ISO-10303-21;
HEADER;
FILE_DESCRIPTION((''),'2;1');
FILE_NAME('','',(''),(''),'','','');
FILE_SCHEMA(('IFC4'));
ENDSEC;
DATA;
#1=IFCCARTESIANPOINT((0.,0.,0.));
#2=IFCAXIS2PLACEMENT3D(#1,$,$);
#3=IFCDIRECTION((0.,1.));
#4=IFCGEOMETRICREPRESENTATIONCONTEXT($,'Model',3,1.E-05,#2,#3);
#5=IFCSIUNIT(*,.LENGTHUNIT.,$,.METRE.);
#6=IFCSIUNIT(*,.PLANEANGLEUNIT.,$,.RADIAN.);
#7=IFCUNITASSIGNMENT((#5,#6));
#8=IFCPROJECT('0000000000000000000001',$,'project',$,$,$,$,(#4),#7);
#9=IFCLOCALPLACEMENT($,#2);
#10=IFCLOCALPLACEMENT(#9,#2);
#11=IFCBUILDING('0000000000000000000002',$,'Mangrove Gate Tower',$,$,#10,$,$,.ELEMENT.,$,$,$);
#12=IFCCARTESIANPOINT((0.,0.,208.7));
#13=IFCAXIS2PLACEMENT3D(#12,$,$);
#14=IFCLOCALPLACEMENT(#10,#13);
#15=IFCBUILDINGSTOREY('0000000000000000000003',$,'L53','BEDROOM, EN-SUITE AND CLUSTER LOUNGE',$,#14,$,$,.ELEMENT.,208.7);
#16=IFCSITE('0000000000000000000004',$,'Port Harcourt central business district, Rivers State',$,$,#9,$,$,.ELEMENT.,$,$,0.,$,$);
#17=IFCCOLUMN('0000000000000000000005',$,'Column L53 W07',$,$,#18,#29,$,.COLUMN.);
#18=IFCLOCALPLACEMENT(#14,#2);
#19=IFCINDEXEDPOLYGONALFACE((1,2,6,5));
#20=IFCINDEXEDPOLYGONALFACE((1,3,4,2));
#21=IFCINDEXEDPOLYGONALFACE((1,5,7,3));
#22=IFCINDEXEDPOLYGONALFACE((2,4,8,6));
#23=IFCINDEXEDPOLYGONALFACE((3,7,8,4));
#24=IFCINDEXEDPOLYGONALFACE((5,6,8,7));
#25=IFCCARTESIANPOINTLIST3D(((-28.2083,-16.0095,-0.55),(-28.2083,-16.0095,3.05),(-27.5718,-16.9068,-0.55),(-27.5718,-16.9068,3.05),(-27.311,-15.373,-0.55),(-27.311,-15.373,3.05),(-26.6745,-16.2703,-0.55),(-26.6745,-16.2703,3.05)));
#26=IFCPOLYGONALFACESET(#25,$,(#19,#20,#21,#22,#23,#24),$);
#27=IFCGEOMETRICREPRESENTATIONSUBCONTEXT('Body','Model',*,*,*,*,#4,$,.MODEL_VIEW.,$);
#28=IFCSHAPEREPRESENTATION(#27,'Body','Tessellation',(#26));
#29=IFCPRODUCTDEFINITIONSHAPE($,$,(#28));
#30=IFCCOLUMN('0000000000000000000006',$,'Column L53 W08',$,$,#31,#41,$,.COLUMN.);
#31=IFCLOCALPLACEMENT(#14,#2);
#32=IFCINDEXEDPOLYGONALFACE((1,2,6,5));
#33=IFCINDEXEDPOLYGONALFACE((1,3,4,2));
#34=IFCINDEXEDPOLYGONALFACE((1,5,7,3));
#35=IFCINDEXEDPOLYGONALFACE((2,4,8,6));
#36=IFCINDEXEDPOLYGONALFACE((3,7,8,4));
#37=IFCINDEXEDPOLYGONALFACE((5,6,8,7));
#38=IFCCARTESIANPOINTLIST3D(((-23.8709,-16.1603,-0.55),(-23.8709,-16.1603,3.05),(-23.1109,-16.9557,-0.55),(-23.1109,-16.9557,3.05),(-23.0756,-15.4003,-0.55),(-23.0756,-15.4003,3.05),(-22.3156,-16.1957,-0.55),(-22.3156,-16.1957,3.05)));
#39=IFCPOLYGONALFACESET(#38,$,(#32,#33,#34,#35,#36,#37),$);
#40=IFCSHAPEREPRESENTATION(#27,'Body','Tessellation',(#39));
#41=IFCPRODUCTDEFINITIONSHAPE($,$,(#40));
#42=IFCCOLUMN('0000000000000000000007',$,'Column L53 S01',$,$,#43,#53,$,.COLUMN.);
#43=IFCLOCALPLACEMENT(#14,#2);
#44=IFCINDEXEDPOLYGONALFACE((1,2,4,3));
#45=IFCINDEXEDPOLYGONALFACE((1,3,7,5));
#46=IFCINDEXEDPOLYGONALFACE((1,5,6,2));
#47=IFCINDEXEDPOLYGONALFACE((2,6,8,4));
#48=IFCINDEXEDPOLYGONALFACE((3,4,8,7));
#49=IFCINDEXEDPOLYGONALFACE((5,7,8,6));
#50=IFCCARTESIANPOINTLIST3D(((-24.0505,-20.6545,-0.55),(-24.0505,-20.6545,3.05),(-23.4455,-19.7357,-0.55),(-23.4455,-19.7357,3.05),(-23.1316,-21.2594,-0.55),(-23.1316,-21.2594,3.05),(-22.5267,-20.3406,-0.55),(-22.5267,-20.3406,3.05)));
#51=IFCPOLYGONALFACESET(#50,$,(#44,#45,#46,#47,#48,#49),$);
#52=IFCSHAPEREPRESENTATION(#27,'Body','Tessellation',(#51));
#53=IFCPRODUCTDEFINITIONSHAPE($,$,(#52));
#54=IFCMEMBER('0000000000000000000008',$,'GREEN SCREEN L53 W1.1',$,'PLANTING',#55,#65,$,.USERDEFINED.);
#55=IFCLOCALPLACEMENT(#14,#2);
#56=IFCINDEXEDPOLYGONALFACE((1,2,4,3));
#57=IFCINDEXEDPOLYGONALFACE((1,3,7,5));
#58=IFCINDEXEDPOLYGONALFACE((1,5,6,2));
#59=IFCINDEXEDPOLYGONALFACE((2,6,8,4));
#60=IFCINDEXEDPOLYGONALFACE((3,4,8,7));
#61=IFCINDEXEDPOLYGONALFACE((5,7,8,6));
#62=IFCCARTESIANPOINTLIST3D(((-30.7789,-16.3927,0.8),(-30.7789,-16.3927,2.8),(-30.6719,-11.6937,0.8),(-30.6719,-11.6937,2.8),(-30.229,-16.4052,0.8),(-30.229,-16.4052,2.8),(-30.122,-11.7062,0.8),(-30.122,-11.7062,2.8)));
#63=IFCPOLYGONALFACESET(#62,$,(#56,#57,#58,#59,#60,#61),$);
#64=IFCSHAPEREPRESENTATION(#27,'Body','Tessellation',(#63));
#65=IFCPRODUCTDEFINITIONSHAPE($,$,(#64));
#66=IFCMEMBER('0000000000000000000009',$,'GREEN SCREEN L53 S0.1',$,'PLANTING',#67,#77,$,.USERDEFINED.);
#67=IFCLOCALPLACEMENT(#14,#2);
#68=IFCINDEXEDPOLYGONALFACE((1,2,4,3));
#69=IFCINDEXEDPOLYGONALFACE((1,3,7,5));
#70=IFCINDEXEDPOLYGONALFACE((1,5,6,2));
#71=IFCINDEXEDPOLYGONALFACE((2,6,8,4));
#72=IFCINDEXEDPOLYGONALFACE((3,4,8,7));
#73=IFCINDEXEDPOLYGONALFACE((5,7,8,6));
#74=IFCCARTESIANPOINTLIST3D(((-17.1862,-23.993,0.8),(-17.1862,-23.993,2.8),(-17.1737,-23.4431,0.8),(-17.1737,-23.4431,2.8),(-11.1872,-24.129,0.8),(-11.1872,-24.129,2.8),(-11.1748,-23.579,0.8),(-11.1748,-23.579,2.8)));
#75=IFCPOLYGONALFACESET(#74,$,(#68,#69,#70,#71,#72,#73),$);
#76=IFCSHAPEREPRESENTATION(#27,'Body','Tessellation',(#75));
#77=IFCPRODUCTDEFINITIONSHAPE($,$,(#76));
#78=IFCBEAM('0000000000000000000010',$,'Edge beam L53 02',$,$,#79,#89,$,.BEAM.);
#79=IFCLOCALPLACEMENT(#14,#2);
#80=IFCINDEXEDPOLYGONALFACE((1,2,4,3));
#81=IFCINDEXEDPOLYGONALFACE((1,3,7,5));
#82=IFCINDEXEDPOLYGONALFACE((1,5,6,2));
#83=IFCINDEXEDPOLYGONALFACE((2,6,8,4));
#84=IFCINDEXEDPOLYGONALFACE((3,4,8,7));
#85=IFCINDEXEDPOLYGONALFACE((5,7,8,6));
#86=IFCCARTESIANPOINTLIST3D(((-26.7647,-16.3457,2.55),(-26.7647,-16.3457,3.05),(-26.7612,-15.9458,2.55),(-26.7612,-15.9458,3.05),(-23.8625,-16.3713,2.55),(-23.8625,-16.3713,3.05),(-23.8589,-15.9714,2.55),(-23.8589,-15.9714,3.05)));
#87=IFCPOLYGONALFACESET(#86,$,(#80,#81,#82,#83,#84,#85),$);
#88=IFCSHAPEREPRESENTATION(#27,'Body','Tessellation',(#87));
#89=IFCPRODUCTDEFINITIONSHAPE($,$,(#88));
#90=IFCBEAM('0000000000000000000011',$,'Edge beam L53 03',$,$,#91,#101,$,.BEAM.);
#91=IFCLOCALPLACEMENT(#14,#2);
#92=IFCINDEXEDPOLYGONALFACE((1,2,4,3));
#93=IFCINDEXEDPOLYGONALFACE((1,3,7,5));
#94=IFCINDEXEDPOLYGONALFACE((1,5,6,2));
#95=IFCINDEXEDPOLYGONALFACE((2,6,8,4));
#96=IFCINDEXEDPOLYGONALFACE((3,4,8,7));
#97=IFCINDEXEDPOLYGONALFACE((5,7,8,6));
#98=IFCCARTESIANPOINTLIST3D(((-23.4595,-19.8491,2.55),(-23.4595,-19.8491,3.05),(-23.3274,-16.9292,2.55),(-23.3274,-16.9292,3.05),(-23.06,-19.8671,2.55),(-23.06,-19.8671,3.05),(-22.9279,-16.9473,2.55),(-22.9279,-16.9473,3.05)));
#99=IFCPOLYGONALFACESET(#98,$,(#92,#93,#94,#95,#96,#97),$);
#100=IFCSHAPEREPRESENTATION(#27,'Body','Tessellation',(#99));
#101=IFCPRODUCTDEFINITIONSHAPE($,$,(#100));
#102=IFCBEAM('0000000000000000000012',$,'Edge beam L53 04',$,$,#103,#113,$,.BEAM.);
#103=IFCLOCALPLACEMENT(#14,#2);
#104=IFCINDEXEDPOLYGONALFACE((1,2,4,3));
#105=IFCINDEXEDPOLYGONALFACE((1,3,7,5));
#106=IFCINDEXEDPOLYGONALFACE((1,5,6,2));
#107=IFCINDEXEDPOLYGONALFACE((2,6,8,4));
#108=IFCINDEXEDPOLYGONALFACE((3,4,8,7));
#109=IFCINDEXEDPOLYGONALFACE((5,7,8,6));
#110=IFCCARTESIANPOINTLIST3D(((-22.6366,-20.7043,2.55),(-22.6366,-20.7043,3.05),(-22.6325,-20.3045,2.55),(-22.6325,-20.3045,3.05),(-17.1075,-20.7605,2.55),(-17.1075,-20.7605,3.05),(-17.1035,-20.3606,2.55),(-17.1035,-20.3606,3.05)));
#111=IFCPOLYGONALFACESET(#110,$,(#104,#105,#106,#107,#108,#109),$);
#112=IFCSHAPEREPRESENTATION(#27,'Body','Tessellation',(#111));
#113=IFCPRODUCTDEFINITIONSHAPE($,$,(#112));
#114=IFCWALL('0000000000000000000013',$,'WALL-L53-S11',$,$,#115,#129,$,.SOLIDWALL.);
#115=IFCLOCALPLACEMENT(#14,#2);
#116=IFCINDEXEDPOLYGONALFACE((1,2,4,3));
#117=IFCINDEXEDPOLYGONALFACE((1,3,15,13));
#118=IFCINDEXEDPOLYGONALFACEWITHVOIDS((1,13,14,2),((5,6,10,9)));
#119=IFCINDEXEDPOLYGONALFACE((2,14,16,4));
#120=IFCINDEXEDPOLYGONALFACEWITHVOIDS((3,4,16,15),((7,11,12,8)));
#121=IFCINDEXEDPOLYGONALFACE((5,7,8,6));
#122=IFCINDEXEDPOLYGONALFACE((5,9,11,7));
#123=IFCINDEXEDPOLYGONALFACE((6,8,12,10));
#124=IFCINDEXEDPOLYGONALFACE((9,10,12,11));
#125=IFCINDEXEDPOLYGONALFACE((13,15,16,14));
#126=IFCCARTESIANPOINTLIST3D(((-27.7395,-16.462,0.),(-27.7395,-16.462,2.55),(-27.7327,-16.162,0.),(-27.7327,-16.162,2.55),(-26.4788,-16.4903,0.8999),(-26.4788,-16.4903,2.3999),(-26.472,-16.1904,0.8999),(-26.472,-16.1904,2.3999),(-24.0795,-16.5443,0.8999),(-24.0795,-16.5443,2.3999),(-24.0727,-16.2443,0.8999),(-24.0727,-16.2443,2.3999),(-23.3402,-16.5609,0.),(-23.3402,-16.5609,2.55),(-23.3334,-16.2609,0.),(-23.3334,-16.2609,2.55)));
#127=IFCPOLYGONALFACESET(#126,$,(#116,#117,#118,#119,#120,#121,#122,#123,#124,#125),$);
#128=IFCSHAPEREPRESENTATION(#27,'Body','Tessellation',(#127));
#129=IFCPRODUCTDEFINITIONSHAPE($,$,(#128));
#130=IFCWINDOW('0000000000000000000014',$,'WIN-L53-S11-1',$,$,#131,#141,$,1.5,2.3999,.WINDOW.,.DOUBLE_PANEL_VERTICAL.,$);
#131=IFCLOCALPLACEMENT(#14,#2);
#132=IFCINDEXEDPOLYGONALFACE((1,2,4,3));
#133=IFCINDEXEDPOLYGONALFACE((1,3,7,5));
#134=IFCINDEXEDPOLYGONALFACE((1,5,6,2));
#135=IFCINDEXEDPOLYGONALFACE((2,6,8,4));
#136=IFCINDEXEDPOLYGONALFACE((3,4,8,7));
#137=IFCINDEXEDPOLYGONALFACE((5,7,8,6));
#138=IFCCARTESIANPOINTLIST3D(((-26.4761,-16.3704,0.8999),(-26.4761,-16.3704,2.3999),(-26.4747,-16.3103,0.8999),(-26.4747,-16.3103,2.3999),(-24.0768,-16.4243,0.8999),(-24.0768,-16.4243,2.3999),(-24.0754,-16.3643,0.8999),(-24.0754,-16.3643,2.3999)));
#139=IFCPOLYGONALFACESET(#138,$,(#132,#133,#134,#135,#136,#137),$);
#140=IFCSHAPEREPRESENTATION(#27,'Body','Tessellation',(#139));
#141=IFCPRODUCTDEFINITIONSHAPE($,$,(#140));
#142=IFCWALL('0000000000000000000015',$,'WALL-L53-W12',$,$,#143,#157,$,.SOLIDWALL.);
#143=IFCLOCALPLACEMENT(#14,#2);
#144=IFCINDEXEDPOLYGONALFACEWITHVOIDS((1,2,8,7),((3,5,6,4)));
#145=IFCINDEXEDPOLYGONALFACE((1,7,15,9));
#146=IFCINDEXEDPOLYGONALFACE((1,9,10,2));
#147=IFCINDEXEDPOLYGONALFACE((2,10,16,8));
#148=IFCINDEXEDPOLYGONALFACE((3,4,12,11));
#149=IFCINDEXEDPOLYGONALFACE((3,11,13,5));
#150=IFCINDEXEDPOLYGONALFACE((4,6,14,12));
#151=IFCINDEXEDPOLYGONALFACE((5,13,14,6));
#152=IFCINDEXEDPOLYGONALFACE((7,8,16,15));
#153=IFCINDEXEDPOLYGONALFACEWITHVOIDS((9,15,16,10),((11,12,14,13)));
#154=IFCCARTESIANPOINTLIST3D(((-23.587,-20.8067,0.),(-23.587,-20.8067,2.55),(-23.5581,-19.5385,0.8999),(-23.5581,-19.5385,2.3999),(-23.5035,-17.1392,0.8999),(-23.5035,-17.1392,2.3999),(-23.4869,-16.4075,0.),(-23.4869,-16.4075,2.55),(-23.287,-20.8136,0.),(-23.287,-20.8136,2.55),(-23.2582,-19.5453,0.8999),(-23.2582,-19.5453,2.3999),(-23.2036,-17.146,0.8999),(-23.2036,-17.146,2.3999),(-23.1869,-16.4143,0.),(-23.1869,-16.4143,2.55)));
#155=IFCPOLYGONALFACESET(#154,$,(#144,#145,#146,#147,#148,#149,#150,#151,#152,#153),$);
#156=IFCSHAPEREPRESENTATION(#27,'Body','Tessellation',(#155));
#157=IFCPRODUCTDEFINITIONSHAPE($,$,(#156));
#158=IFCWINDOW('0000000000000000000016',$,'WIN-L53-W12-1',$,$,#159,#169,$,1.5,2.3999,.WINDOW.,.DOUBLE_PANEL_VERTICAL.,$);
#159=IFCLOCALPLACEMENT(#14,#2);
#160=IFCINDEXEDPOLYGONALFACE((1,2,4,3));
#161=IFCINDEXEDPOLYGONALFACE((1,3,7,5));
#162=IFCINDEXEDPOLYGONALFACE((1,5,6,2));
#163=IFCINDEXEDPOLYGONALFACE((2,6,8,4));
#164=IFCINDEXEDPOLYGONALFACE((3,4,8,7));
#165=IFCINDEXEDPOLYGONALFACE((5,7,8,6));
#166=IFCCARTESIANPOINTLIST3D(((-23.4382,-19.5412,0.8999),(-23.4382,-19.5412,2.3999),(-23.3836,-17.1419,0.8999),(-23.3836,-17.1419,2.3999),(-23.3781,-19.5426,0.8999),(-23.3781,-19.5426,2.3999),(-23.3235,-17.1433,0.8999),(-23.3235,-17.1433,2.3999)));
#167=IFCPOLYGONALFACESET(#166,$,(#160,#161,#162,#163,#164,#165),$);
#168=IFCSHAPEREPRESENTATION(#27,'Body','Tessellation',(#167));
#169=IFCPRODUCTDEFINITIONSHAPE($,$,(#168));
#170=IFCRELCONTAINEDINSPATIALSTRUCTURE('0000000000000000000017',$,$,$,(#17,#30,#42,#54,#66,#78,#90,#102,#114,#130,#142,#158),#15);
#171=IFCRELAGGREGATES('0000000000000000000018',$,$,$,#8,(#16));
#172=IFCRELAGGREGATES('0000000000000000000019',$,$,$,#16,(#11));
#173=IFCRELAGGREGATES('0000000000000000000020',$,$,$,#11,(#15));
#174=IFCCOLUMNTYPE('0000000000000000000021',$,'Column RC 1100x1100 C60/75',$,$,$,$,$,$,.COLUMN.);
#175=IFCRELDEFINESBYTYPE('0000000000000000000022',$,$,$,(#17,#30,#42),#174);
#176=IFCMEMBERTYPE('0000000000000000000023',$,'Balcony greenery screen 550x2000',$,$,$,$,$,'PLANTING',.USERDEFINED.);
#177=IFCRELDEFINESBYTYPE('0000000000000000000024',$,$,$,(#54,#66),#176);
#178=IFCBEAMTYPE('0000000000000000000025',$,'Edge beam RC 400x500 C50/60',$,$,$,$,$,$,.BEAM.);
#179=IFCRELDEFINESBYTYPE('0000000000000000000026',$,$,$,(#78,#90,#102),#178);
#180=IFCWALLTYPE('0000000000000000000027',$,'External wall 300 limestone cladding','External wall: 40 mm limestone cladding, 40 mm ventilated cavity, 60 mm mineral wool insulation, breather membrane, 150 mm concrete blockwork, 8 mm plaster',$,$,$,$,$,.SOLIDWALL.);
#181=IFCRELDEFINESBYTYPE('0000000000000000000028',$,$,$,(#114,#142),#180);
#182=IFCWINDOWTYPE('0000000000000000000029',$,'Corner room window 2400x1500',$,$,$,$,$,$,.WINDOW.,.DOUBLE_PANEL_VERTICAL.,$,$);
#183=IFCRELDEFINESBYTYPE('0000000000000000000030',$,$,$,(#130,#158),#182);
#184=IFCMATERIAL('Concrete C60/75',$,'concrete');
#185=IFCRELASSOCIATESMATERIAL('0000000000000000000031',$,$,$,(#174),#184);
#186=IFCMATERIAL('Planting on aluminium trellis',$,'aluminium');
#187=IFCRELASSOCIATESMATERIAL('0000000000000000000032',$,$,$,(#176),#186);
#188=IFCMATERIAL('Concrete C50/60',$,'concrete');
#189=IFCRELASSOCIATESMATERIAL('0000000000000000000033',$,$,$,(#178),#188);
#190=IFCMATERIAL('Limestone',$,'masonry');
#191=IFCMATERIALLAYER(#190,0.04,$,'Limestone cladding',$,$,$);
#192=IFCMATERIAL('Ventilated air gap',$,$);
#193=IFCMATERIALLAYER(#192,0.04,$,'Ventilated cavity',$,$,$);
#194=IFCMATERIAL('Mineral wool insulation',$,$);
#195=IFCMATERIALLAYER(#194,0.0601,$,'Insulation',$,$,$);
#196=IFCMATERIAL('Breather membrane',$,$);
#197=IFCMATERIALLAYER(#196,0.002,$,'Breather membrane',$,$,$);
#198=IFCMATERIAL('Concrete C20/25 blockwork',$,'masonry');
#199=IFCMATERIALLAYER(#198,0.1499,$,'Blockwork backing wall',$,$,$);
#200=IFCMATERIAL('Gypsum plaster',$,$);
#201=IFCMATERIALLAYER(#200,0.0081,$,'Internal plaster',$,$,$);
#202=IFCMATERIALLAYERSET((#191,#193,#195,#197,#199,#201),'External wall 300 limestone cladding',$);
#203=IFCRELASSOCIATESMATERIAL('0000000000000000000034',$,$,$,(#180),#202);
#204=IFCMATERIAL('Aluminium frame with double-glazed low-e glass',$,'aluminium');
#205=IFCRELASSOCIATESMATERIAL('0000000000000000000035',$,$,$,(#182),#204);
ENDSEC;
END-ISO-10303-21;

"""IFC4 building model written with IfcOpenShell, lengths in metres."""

from ifc_helpers import new_model, si_unit, direction, frame, frame_2d, origin, origin_2d, place, context, subcontext, project, spatial, rectangle, extrude, material, layer, layer_set, material_profile, profile_set, type_object, element, fill, save


model = new_model("IFC4")

# Units and contexts
model_context = context("Model", 3, precision=1e-05, world=origin(), true_north=direction((0.0, 1.0)))
body_context = subcontext(model_context, "Body", "Model", "MODEL_VIEW")
ifc_project = project(units=[si_unit("LENGTHUNIT", "METRE"), si_unit("PLANEANGLEUNIT", "RADIAN")], contexts=[model_context])

# Site, building, storey
site_placement = place(None, origin())
site = spatial("IfcSite", under=ifc_project, at=site_placement, Name="Port Harcourt central business district, Rivers State", CompositionType="ELEMENT", RefElevation=0.0)
building_placement = place(site_placement, origin())
building = spatial("IfcBuilding", under=site, at=building_placement, Name="Mangrove Gate Tower", CompositionType="ELEMENT")
storey_placement = place(building_placement, frame((0.0, 0.0, 208.7)))
storey = spatial("IfcBuildingStorey", under=building, at=storey_placement, Name="L53", Description="BEDROOM, EN-SUITE AND CLUSTER LOUNGE", CompositionType="ELEMENT", Elevation=208.7)

# Columns
ifc_material_1 = material(Name="Concrete C60/75", Category="concrete")
ifc_material_profile_1 = material_profile(ifc_material_1, rectangle(XDim=1.1001, YDim=1.1001, at=origin_2d()))
ifc_profile_set_1 = profile_set([ifc_material_profile_1], Name="Concrete C60/75")
column_type = type_object("IfcColumnType", Name="Column RC 1100x1100 C60/75", PredefinedType="COLUMN", material=ifc_profile_set_1)
for number, where, z_axis, x_axis, name in (
    (1, (-27.4414, -16.1399, -0.55), (0.0, 0.0, 1.0), (0.578578, -0.815627, 0.0), "Column L53 W07"),
    (2, (-23.0933, -16.178, -0.55), (0.0, 0.0, 1.0), (0.690854, -0.722994, 0.0), "Column L53 W08"),
    (3, (-23.2886, -20.4976, -0.55), (0.0, 0.0, 1.0), (0.835229, -0.549902, 0.0), "Column L53 S01"),
):
    element("IfcColumn", number, at=place(storey_placement, frame(where, z_axis=z_axis, x_axis=x_axis)), inside=storey, type_object=column_type, Name=name, PredefinedType="COLUMN", context=body_context, shape_type="SweptSolid", body=[
        extrude(rectangle(XDim=1.1001, YDim=1.1001, at=origin_2d()), origin(), (0.0, 0.0, 1.0), 3.6001),
    ])

# Members
ifc_material_2 = material(Name="Planting on aluminium trellis", Category="aluminium")
ifc_material_profile_2 = material_profile(ifc_material_2, rectangle(XDim=0.55, YDim=2.0, at=origin_2d()))
ifc_profile_set_2 = profile_set([ifc_material_profile_2], Name="Planting on aluminium trellis")
member_type = type_object("IfcMemberType", Name="Balcony greenery screen 550x2000", ElementType="PLANTING", PredefinedType="USERDEFINED", material=ifc_profile_set_2)
member_1_placement = place(storey_placement, frame((-30.5039, -16.3989, 1.8), z_axis=(0.022751, 0.999741, 0.0), x_axis=(-0.999741, 0.022751, 0.0)))
element("IfcMember", 4, at=member_1_placement, inside=storey, type_object=member_type, Name="GREEN SCREEN L53 W1.1", ObjectType="PLANTING", PredefinedType="USERDEFINED", context=body_context, shape_type="SweptSolid", body=[
    extrude(rectangle(XDim=0.55, YDim=2.0, at=origin_2d()), origin(), (0.0, 0.0, 1.0), 4.7002),
])
member_2_placement = place(storey_placement, frame((-17.1799, -23.718, 1.8), z_axis=(0.999743, -0.022662, 0.0), x_axis=(0.022662, 0.999743, 0.0)))
element("IfcMember", 5, at=member_2_placement, inside=storey, type_object=member_type, Name="GREEN SCREEN L53 S0.1", ObjectType="PLANTING", PredefinedType="USERDEFINED", context=body_context, shape_type="SweptSolid", body=[
    extrude(rectangle(XDim=0.55, YDim=2.0, at=origin_2d()), origin(), (0.0, 0.0, 1.0), 6.0005),
])

# Beams
ifc_material_3 = material(Name="Concrete C50/60", Category="concrete")
ifc_material_profile_3 = material_profile(ifc_material_3, rectangle(XDim=0.3999, YDim=0.5, at=origin_2d()))
ifc_profile_set_3 = profile_set([ifc_material_profile_3], Name="Concrete C50/60")
beam_type = type_object("IfcBeamType", Name="Edge beam RC 400x500 C50/60", PredefinedType="BEAM", material=ifc_profile_set_3)
beam_1_placement = place(storey_placement, frame((-26.7629, -16.1458, 2.8), z_axis=(0.999961, -0.008832, 0.0), x_axis=(0.008832, 0.999961, 0.0)))
element("IfcBeam", 6, at=beam_1_placement, inside=storey, type_object=beam_type, Name="Edge beam L53 02", PredefinedType="BEAM", context=body_context, shape_type="SweptSolid", body=[
    extrude(rectangle(XDim=0.3999, YDim=0.5, at=origin_2d()), origin(), (0.0, 0.0, 1.0), 2.9023),
])
beam_2_placement = place(storey_placement, frame((-23.1277, -16.9382, 2.8), z_axis=(-0.045188, -0.998979, 0.0), x_axis=(0.998979, -0.045188, 0.0)))
element("IfcBeam", 7, at=beam_2_placement, inside=storey, type_object=beam_type, Name="Edge beam L53 03", PredefinedType="BEAM", context=body_context, shape_type="SweptSolid", body=[
    extrude(rectangle(XDim=0.3999, YDim=0.5, at=origin_2d()), origin(), (0.0, 0.0, 1.0), 2.9229),
])
beam_3_placement = place(storey_placement, frame((-22.6345, -20.5044, 2.8), z_axis=(0.999948, -0.010155, 0.0), x_axis=(0.010155, 0.999948, 0.0)))
element("IfcBeam", 8, at=beam_3_placement, inside=storey, type_object=beam_type, Name="Edge beam L53 04", PredefinedType="BEAM", context=body_context, shape_type="SweptSolid", body=[
    extrude(rectangle(XDim=0.3999, YDim=0.5, at=origin_2d()), origin(), (0.0, 0.0, 1.0), 5.5293),
])

# Walls, openings, windows
ifc_material_4 = material(Name="Limestone", Category="masonry")
ifc_layer_1 = layer(ifc_material_4, 0.04, Name="Limestone cladding")
ifc_material_5 = material(Name="Ventilated air gap")
ifc_layer_2 = layer(ifc_material_5, 0.04, Name="Ventilated cavity")
ifc_material_6 = material(Name="Mineral wool insulation")
ifc_layer_3 = layer(ifc_material_6, 0.0601, Name="Insulation")
ifc_material_7 = material(Name="Breather membrane")
ifc_layer_4 = layer(ifc_material_7, 0.002, Name="Breather membrane")
ifc_material_8 = material(Name="Concrete C20/25 blockwork", Category="masonry")
ifc_layer_5 = layer(ifc_material_8, 0.1499, Name="Blockwork backing wall")
ifc_material_9 = material(Name="Gypsum plaster")
ifc_layer_6 = layer(ifc_material_9, 0.0081, Name="Internal plaster")
ifc_layer_set_1 = layer_set([ifc_layer_1, ifc_layer_2, ifc_layer_3, ifc_layer_4, ifc_layer_5, ifc_layer_6], Name="External wall 300 limestone cladding")
wall_type_1 = type_object("IfcWallType", Name="External wall 300 limestone cladding", Description="External wall: 40 mm limestone cladding, 40 mm ventilated cavity, 60 mm mineral wool insulation, breather membrane, 150 mm concrete blockwork, 8 mm plaster", PredefinedType="SOLIDWALL", material=ifc_layer_set_1)
wall_1_placement = place(storey_placement, frame((-27.7361, -16.312, 0.0), z_axis=(0.0, 0.0, 1.0), x_axis=(0.999748, -0.022471, 0.0)))
wall_1 = element("IfcWall", 9, at=wall_1_placement, inside=storey, type_object=wall_type_1, Name="WALL-L53-S11", PredefinedType="SOLIDWALL", context=body_context, shape_type="SweptSolid", body=[
    extrude(rectangle(XDim=4.4004, YDim=0.3, at=frame_2d((2.2002, 0.0))), origin(), (0.0, 0.0, 1.0), 2.55),
])
opening_1_placement = place(wall_1_placement, frame((1.261, 0.0, 0.8999)))
opening_1 = element("IfcOpeningElement", 10, at=opening_1_placement, cuts=wall_1, PredefinedType="OPENING", context=body_context, shape_type="SweptSolid", body=[
    extrude(rectangle(XDim=2.3999, YDim=1.5, at=frame_2d((1.2, 0.75))), frame((0.0, 0.1599, 0.0), z_axis=(0.0, -1.0, 0.0), x_axis=(1.0, 0.0, 0.0)), (0.0, 0.0, 1.0), 0.3201),
])
ifc_material_10 = material(Name="Aluminium frame with double-glazed low-e glass", Category="aluminium")
window_type = type_object("IfcWindowType", Name="Corner room window 2400x1500", PartitioningType="DOUBLE_PANEL_VERTICAL", PredefinedType="WINDOW", material=ifc_material_10)
window_1_placement = place(opening_1_placement, origin())
window_1 = element("IfcWindow", 11, at=window_1_placement, inside=storey, type_object=window_type, Name="WIN-L53-S11-1", OverallHeight=1.5, OverallWidth=2.3999, PartitioningType="DOUBLE_PANEL_VERTICAL", PredefinedType="WINDOW", context=body_context, shape_type="SweptSolid", body=[
    extrude(rectangle(XDim=2.3999, YDim=1.5, at=frame_2d((1.2, 0.75))), frame((0.0, 0.03, 0.0), z_axis=(0.0, -1.0, 0.0), x_axis=(1.0, 0.0, 0.0)), (0.0, 0.0, 1.0), 0.0601),
])
fill(opening_1, window_1)
wall_2_placement = place(storey_placement, frame((-23.3369, -16.4109, 0.0), z_axis=(0.0, 0.0, 1.0), x_axis=(-0.022748, -0.999741, 0.0)))
wall_2 = element("IfcWall", 12, at=wall_2_placement, inside=storey, type_object=wall_type_1, Name="WALL-L53-W12", PredefinedType="SOLIDWALL", context=body_context, shape_type="SweptSolid", body=[
    extrude(rectangle(XDim=4.4004, YDim=0.3, at=frame_2d((2.2002, 0.0))), origin(), (0.0, 0.0, 1.0), 2.55),
])
opening_2_placement = place(wall_2_placement, frame((0.7319, 0.0, 0.8999)))
opening_2 = element("IfcOpeningElement", 13, at=opening_2_placement, cuts=wall_2, PredefinedType="OPENING", context=body_context, shape_type="SweptSolid", body=[
    extrude(rectangle(XDim=2.3999, YDim=1.5, at=frame_2d((1.2, 0.75))), frame((0.0, 0.1599, 0.0), z_axis=(0.0, -1.0, 0.0), x_axis=(1.0, 0.0, 0.0)), (0.0, 0.0, 1.0), 0.3201),
])
window_2_placement = place(opening_2_placement, origin())
window_2 = element("IfcWindow", 14, at=window_2_placement, inside=storey, type_object=window_type, Name="WIN-L53-W12-1", OverallHeight=1.5, OverallWidth=2.3999, PartitioningType="DOUBLE_PANEL_VERTICAL", PredefinedType="WINDOW", context=body_context, shape_type="SweptSolid", body=[
    extrude(rectangle(XDim=2.3999, YDim=1.5, at=frame_2d((1.2, 0.75))), frame((0.0, 0.03, 0.0), z_axis=(0.0, -1.0, 0.0), x_axis=(1.0, 0.0, 0.0)), (0.0, 0.0, 1.0), 0.0601),
])
fill(opening_2, window_2)

save(model, "model.ifc")
